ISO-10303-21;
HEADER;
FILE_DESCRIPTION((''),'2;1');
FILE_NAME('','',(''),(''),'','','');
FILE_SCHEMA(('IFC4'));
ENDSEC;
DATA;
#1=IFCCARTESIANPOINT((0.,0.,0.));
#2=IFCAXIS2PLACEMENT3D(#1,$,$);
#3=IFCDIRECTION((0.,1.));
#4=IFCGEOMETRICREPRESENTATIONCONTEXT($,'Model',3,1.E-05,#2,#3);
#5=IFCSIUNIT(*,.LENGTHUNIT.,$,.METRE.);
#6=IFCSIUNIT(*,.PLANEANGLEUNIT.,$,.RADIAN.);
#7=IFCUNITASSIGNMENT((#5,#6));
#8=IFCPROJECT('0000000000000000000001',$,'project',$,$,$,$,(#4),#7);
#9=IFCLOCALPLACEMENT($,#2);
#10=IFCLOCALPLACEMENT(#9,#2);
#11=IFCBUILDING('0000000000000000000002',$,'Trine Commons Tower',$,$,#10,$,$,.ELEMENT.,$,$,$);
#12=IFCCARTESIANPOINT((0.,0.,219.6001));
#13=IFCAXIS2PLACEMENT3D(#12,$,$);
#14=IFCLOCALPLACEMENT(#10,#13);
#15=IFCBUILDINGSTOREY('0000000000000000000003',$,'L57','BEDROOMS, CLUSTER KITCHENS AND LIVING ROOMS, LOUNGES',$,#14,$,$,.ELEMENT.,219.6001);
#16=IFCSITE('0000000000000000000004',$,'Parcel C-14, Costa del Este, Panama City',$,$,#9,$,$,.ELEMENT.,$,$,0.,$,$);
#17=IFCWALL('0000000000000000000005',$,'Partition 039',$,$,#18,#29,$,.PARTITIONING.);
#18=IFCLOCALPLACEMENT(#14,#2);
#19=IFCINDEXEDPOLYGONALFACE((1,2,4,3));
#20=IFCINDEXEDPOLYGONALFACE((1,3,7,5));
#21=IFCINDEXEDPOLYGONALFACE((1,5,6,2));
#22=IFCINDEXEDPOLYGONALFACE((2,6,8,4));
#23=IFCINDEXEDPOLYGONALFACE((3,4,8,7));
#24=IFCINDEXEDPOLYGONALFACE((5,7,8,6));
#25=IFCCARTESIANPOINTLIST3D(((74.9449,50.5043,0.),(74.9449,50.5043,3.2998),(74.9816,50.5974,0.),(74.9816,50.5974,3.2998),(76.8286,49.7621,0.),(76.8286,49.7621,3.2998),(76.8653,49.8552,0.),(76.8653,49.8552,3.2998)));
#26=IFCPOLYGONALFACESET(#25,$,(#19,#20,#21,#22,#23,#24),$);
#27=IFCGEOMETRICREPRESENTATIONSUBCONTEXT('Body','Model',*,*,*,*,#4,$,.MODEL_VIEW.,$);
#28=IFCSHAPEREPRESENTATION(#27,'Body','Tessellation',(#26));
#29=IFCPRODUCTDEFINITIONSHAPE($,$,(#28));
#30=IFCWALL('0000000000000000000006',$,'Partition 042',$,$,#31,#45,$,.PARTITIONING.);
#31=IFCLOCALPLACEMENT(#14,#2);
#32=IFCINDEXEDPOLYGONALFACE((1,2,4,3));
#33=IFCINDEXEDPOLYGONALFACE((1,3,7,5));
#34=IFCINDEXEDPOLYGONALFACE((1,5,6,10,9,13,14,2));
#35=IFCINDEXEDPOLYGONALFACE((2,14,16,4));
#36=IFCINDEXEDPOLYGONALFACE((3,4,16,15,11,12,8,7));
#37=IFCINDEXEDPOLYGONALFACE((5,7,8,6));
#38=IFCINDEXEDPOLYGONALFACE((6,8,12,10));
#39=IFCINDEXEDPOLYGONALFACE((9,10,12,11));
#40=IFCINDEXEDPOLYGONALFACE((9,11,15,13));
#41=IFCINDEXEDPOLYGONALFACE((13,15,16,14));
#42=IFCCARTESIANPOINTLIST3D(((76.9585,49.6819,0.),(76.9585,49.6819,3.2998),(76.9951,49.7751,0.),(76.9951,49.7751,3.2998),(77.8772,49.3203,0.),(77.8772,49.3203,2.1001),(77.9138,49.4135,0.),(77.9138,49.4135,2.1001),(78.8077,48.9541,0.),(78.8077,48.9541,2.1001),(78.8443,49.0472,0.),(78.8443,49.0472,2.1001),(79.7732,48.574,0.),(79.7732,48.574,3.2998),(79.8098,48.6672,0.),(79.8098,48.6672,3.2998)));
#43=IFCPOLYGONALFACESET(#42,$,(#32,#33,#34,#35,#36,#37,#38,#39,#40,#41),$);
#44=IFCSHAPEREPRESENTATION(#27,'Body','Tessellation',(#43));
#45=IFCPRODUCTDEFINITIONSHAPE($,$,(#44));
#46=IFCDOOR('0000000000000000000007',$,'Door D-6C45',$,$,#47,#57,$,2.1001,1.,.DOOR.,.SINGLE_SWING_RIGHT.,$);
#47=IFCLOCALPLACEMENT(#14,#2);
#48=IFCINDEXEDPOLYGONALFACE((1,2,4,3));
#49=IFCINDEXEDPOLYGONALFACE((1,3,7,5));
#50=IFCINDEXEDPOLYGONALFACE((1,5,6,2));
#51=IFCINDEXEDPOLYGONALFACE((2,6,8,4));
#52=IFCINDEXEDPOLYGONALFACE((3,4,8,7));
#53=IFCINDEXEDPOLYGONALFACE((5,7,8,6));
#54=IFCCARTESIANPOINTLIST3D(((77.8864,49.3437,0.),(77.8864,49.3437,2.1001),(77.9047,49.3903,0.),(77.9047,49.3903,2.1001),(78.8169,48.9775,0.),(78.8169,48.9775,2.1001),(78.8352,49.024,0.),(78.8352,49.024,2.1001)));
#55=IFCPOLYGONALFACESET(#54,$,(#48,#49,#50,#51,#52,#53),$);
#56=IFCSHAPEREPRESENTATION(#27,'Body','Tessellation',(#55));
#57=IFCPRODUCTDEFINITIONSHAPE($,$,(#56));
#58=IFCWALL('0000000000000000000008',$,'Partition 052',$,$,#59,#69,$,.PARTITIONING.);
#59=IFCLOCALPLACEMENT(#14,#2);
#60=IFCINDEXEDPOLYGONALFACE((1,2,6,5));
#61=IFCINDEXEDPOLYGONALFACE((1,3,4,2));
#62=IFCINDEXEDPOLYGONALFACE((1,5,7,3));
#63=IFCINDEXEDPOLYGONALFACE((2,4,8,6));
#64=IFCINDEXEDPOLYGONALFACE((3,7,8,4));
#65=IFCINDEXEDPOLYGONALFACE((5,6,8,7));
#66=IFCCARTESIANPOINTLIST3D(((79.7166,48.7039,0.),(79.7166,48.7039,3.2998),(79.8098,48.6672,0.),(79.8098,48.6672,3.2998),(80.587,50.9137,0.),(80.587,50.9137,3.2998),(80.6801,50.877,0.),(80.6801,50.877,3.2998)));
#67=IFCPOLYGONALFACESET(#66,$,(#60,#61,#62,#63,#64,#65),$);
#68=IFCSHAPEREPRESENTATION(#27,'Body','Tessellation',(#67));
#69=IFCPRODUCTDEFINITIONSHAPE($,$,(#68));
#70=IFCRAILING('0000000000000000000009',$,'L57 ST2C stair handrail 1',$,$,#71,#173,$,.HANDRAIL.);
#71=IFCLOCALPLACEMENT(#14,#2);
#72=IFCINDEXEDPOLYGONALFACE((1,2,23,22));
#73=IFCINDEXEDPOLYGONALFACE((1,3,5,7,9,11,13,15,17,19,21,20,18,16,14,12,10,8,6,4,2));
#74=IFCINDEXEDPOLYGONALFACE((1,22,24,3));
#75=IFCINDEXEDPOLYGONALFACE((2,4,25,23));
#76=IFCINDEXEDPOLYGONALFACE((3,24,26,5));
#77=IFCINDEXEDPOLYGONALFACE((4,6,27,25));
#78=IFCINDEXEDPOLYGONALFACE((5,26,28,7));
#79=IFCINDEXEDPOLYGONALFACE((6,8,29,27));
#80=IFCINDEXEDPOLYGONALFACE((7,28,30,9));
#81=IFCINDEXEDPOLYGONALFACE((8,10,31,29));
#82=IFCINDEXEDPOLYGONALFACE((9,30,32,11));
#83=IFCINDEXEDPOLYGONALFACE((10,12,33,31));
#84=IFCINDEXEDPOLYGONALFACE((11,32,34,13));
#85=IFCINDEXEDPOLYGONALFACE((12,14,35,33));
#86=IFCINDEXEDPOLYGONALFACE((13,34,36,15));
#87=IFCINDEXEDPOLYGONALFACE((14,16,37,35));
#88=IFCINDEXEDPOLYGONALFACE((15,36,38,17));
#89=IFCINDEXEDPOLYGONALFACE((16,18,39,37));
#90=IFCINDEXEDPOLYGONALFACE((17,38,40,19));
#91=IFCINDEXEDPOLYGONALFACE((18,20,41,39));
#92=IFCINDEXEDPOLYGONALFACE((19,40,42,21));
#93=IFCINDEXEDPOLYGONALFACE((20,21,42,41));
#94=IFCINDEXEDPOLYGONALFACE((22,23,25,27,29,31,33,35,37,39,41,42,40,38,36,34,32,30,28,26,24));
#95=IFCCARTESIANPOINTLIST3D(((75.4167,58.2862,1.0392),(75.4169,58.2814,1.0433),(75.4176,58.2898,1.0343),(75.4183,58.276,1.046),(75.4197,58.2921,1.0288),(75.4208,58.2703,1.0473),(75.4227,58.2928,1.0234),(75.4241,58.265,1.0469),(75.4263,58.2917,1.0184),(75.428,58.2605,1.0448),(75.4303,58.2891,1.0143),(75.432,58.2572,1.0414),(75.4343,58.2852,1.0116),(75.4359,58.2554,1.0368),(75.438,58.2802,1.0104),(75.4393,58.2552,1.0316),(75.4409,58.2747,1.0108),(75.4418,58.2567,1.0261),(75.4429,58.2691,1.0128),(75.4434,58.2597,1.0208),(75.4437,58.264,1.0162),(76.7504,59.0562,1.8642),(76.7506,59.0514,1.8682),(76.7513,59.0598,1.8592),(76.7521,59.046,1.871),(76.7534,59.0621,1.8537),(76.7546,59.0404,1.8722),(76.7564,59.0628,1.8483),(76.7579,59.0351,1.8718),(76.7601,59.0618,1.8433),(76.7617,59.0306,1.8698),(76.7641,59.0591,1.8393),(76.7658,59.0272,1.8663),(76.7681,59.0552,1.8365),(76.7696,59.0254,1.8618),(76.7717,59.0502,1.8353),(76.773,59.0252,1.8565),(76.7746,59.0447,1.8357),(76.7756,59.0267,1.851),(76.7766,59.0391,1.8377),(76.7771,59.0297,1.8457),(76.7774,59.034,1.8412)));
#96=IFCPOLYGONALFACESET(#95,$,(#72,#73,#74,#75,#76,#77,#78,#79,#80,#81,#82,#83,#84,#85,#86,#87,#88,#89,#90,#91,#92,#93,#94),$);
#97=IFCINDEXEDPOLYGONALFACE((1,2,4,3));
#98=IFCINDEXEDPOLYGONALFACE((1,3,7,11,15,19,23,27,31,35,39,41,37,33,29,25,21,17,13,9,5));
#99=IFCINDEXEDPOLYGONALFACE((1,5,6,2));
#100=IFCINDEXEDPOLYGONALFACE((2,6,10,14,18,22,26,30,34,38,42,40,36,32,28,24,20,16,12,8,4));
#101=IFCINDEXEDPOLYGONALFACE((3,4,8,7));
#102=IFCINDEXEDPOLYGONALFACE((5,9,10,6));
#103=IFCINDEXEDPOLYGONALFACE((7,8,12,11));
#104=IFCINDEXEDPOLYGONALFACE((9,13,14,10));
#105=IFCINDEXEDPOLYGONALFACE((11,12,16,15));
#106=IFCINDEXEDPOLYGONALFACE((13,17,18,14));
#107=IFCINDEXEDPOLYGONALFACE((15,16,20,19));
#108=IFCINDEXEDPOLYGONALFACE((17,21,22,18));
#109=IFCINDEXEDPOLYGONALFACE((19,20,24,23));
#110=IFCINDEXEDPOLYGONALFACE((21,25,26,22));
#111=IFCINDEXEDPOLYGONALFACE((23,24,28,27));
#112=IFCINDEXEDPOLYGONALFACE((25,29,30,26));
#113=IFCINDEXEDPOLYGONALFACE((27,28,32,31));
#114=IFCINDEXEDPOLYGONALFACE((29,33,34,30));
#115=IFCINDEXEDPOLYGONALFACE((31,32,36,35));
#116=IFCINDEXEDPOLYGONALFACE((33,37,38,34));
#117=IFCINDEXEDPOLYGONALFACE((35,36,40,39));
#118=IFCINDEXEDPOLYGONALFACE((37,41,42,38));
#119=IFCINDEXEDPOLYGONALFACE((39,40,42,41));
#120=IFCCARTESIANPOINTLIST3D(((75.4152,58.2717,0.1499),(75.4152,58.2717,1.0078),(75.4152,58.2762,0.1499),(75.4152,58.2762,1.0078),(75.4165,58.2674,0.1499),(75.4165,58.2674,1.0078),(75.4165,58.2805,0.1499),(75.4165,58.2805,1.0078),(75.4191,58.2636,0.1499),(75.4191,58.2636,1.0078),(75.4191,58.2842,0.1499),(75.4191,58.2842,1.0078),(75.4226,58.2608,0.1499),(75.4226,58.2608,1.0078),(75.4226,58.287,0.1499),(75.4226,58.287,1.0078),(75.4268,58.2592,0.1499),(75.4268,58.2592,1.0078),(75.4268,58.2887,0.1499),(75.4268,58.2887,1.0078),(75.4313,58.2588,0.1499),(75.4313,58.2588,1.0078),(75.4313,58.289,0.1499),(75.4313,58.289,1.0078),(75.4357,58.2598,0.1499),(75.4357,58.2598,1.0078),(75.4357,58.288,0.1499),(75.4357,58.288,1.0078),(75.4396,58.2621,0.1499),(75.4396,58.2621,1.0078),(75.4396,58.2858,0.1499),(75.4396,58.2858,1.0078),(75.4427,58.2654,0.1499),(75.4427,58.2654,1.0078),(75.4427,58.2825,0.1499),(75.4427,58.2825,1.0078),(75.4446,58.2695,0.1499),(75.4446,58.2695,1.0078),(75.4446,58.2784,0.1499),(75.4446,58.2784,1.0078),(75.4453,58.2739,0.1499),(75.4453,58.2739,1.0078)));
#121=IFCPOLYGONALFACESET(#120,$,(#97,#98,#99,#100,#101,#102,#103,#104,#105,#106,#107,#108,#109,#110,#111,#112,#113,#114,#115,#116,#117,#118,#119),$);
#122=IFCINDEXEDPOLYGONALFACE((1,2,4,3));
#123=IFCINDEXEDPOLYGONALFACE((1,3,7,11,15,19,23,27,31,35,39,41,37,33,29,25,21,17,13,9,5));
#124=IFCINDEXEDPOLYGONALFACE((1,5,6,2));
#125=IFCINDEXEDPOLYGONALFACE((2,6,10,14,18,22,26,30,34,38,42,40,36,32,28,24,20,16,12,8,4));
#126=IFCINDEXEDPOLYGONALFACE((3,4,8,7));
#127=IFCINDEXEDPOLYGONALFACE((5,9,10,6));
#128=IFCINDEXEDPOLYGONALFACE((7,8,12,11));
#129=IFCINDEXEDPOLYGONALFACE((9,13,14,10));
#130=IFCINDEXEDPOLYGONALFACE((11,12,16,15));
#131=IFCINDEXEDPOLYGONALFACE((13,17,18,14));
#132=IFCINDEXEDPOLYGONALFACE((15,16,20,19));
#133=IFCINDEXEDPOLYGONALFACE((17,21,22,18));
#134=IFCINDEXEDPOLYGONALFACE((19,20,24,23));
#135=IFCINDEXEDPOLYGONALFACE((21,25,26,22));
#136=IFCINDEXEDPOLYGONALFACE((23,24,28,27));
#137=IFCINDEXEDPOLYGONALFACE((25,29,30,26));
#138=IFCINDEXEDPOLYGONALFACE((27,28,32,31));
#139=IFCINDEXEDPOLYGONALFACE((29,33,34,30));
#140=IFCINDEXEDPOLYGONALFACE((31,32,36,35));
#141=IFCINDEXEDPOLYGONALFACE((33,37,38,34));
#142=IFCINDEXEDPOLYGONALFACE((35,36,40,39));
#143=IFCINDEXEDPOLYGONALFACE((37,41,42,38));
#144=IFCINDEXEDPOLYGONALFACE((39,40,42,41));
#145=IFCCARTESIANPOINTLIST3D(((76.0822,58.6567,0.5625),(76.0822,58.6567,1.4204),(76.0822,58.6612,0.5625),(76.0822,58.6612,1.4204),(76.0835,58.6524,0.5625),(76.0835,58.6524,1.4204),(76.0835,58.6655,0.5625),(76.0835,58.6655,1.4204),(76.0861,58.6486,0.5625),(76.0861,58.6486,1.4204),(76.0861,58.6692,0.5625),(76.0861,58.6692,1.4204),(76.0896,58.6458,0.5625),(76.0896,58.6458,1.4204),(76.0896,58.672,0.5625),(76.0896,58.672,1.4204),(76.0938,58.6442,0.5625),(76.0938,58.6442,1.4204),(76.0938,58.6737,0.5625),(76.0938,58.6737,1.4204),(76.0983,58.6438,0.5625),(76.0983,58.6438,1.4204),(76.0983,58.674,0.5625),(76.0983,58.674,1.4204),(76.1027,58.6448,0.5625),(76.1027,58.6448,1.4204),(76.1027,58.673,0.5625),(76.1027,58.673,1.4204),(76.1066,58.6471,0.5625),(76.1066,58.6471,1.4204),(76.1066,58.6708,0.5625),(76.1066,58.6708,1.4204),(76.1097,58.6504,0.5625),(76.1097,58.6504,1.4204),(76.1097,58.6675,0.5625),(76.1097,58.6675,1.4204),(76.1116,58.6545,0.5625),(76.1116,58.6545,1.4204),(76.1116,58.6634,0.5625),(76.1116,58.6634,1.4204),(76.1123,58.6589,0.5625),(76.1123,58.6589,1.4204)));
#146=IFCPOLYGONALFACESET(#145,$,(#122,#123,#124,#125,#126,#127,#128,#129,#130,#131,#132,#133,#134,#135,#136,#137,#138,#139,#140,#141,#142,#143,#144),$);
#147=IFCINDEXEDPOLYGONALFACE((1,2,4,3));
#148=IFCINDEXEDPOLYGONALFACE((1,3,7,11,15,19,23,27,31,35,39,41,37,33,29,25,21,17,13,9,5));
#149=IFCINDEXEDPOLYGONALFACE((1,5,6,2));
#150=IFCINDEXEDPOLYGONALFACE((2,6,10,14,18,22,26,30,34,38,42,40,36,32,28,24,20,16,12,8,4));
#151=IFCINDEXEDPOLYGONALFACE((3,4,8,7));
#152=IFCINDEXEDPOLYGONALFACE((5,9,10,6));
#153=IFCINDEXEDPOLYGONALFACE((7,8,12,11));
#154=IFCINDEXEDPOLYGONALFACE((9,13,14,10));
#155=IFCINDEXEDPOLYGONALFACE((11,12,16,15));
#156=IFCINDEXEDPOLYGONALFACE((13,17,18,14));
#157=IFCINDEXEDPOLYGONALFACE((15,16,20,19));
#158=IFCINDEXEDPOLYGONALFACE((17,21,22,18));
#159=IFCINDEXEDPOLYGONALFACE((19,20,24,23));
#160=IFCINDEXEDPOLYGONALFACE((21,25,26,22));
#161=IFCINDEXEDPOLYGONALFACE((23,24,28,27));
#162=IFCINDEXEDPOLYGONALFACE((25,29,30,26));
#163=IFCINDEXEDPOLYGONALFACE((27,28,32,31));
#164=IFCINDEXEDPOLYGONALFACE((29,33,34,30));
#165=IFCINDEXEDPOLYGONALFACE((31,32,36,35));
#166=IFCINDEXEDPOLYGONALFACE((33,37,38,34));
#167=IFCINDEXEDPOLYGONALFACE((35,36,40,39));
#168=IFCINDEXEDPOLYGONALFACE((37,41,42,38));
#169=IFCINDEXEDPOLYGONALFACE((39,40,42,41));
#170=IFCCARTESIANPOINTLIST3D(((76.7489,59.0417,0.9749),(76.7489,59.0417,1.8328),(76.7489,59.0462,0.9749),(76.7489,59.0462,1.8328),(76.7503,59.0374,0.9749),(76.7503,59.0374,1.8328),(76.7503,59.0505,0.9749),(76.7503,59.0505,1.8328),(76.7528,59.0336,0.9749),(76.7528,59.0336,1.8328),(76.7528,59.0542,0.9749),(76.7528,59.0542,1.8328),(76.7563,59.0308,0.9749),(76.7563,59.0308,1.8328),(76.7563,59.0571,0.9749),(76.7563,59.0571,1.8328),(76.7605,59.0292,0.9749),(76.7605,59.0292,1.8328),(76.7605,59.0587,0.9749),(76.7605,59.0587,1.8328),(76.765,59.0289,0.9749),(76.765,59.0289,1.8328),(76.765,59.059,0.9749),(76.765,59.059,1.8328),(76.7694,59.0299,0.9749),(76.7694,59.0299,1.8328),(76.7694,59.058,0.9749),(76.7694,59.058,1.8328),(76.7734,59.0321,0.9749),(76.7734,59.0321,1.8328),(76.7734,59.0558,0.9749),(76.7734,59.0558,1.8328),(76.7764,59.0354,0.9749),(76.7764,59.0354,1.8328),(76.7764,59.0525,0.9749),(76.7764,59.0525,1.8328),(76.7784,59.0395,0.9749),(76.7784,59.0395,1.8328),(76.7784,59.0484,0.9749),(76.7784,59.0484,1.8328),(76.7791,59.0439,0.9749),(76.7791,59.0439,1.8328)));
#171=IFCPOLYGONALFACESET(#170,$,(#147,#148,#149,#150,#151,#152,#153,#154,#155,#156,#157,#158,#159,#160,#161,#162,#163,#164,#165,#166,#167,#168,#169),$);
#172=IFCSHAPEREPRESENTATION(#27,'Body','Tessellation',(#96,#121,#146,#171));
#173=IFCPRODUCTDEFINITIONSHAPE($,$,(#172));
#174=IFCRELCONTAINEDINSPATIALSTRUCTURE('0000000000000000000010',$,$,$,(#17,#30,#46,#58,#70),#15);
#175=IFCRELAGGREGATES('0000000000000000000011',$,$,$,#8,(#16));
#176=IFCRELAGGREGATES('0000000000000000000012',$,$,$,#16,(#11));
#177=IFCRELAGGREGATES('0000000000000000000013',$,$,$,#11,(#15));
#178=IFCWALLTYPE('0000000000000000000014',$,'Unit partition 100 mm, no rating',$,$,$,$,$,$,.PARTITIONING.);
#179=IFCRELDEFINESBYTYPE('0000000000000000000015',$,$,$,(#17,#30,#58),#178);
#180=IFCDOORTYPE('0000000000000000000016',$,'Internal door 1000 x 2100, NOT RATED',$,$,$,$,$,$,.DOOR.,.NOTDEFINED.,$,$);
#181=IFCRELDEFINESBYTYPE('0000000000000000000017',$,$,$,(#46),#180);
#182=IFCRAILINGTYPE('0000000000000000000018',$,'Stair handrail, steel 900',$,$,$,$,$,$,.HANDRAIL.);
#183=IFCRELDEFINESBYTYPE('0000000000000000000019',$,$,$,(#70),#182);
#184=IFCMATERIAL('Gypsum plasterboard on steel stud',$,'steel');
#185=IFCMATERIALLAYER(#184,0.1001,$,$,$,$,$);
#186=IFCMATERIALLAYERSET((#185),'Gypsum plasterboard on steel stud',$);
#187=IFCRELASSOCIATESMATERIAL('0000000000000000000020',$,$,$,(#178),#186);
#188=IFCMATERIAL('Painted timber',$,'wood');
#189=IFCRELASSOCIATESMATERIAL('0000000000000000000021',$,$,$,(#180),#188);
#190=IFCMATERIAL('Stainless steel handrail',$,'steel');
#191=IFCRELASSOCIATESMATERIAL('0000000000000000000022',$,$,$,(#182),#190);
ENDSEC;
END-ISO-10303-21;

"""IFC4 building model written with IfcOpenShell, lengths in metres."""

from ifc_helpers import new_model, si_unit, direction, frame, frame_2d, origin, origin_2d, place, context, subcontext, project, spatial, rectangle, circle, extrude, material, layer, layer_set, type_object, element, fill, save


model = new_model("IFC4")

# Units and contexts
model_context = context("Model", 3, precision=1e-05, world=origin(), true_north=direction((0.0, 1.0)))
body_context = subcontext(model_context, "Body", "Model", "MODEL_VIEW")
ifc_project = project(units=[si_unit("LENGTHUNIT", "METRE"), si_unit("PLANEANGLEUNIT", "RADIAN")], contexts=[model_context])

# Site, building, storey
site_placement = place(None, origin())
site = spatial("IfcSite", under=ifc_project, at=site_placement, Name="Parcel C-14, Costa del Este, Panama City", CompositionType="ELEMENT", RefElevation=0.0)
building_placement = place(site_placement, origin())
building = spatial("IfcBuilding", under=site, at=building_placement, Name="Trine Commons Tower", CompositionType="ELEMENT")
storey_placement = place(building_placement, frame((0.0, 0.0, 219.6001)))
storey = spatial("IfcBuildingStorey", under=building, at=storey_placement, Name="L57", Description="BEDROOMS, CLUSTER KITCHENS AND LIVING ROOMS, LOUNGES", CompositionType="ELEMENT", Elevation=219.6001)

# Shared definitions
ifc_material_1 = material(Name="Gypsum plasterboard on steel stud", Category="steel")

# Shared definitions
ifc_layer_1 = layer(ifc_material_1, 0.1001)
ifc_layer_set_1 = layer_set([ifc_layer_1], Name="Gypsum plasterboard on steel stud")
wall_type_1 = type_object("IfcWallType", Name="Unit partition 100 mm, no rating", PredefinedType="PARTITIONING", material=ifc_layer_set_1)

# Shared definitions
ifc_material_2 = material(Name="Painted timber", Category="wood")

# Wall
wall_1_placement = place(storey_placement, frame((74.9634, 50.5508, 0.0), z_axis=(0.0, 0.0, 1.0), x_axis=(0.930393, -0.366562, 0.0)))
element("IfcWall", 1, at=wall_1_placement, inside=storey, type_object=wall_type_1, Name="Partition 039", PredefinedType="PARTITIONING", context=body_context, shape_type="SweptSolid", body=[
    extrude(rectangle(XDim=2.0247, YDim=0.1001, at=frame_2d((1.0122, 0.0))), origin(), (0.0, 0.0, 1.0), 3.2998),
])

# Wall, opening, door
wall_2_placement = place(storey_placement, frame((76.9768, 49.7285, 0.0), z_axis=(0.0, 0.0, 1.0), x_axis=(0.930511, -0.366264, 0.0)))
wall_2 = element("IfcWall", 2, at=wall_2_placement, inside=storey, type_object=wall_type_1, Name="Partition 042", PredefinedType="PARTITIONING", context=body_context, shape_type="SweptSolid", body=[
    extrude(rectangle(XDim=3.0249, YDim=0.1001, at=frame_2d((1.5125, 0.0))), origin(), (0.0, 0.0, 1.0), 3.2998),
])
opening_1_placement = place(wall_2_placement, frame((0.9873, 0.0, 0.0)))
opening_1 = element("IfcOpeningElement", 3, at=opening_1_placement, cuts=wall_2, PredefinedType="OPENING", context=body_context, shape_type="SweptSolid", body=[
    extrude(rectangle(XDim=1.0, YDim=2.1001, at=frame_2d((0.5, 1.05))), frame((0.0, 0.0601, 0.0), z_axis=(0.0, -1.0, 0.0), x_axis=(1.0, 0.0, 0.0)), (0.0, 0.0, 1.0), 0.1201),
])
door_type_1 = type_object("IfcDoorType", Name="Internal door 1000 x 2100, NOT RATED", OperationType="NOTDEFINED", PredefinedType="DOOR", material=ifc_material_2)
door_1_placement = place(opening_1_placement, frame((1.0, 0.0, 0.0), z_axis=(0.0, 0.0, 1.0), x_axis=(-1.0, 0.0, 0.0)))
door_1 = element("IfcDoor", 4, at=door_1_placement, inside=storey, type_object=door_type_1, Name="Door D-6C45", OperationType="SINGLE_SWING_RIGHT", OverallHeight=2.1001, OverallWidth=1.0, PredefinedType="DOOR", context=body_context, shape_type="SweptSolid", body=[
    extrude(rectangle(XDim=1.0, YDim=2.1001, at=frame_2d((0.5, 1.05))), frame((0.0, 0.0249, 0.0), z_axis=(0.0, -1.0, 0.0), x_axis=(1.0, 0.0, 0.0)), (0.0, 0.0, 1.0), 0.05),
])
fill(opening_1, door_1)

# Wall
wall_3_placement = place(storey_placement, frame((79.7632, 48.6855, 0.0), z_axis=(0.0, 0.0, 1.0), x_axis=(0.366476, 0.930428, 0.0)))
element("IfcWall", 5, at=wall_3_placement, inside=storey, type_object=wall_type_1, Name="Partition 052", PredefinedType="PARTITIONING", context=body_context, shape_type="SweptSolid", body=[
    extrude(rectangle(XDim=2.375, YDim=0.1001, at=frame_2d((1.1875, 0.0))), origin(), (0.0, 0.0, 1.0), 3.2998),
])

# Railing
ifc_material_3 = material(Name="Stainless steel handrail", Category="steel")
railing_type = type_object("IfcRailingType", Name="Stair handrail, steel 900", PredefinedType="HANDRAIL", material=ifc_material_3)
railing_placement = place(storey_placement, frame((75.4302, 58.2739, 0.1499)))
element("IfcRailing", 6, at=railing_placement, inside=storey, type_object=railing_type, Name="L57 ST2C stair handrail 1", PredefinedType="HANDRAIL", context=body_context, shape_type="SweptSolid", body=[
    extrude(circle(Radius=0.021, at=origin_2d()), frame((0.0, 0.0, 0.8789), z_axis=(0.763405, 0.440743, 0.472185), x_axis=(-0.499992, 0.86603, 0.0)), (0.0, 0.0, 1.0), 1.7471),
    extrude(circle(Radius=0.0151, at=origin_2d()), origin(), (0.0, 0.0, 1.0), 0.8579),
    extrude(circle(Radius=0.0151, at=origin_2d()), frame((0.667, 0.385, 0.4126)), (0.0, 0.0, 1.0), 0.8579),
    extrude(circle(Radius=0.0151, at=origin_2d()), frame((1.3337, 0.77, 0.825)), (0.0, 0.0, 1.0), 0.8579),
])

save(model, "model.ifc")
